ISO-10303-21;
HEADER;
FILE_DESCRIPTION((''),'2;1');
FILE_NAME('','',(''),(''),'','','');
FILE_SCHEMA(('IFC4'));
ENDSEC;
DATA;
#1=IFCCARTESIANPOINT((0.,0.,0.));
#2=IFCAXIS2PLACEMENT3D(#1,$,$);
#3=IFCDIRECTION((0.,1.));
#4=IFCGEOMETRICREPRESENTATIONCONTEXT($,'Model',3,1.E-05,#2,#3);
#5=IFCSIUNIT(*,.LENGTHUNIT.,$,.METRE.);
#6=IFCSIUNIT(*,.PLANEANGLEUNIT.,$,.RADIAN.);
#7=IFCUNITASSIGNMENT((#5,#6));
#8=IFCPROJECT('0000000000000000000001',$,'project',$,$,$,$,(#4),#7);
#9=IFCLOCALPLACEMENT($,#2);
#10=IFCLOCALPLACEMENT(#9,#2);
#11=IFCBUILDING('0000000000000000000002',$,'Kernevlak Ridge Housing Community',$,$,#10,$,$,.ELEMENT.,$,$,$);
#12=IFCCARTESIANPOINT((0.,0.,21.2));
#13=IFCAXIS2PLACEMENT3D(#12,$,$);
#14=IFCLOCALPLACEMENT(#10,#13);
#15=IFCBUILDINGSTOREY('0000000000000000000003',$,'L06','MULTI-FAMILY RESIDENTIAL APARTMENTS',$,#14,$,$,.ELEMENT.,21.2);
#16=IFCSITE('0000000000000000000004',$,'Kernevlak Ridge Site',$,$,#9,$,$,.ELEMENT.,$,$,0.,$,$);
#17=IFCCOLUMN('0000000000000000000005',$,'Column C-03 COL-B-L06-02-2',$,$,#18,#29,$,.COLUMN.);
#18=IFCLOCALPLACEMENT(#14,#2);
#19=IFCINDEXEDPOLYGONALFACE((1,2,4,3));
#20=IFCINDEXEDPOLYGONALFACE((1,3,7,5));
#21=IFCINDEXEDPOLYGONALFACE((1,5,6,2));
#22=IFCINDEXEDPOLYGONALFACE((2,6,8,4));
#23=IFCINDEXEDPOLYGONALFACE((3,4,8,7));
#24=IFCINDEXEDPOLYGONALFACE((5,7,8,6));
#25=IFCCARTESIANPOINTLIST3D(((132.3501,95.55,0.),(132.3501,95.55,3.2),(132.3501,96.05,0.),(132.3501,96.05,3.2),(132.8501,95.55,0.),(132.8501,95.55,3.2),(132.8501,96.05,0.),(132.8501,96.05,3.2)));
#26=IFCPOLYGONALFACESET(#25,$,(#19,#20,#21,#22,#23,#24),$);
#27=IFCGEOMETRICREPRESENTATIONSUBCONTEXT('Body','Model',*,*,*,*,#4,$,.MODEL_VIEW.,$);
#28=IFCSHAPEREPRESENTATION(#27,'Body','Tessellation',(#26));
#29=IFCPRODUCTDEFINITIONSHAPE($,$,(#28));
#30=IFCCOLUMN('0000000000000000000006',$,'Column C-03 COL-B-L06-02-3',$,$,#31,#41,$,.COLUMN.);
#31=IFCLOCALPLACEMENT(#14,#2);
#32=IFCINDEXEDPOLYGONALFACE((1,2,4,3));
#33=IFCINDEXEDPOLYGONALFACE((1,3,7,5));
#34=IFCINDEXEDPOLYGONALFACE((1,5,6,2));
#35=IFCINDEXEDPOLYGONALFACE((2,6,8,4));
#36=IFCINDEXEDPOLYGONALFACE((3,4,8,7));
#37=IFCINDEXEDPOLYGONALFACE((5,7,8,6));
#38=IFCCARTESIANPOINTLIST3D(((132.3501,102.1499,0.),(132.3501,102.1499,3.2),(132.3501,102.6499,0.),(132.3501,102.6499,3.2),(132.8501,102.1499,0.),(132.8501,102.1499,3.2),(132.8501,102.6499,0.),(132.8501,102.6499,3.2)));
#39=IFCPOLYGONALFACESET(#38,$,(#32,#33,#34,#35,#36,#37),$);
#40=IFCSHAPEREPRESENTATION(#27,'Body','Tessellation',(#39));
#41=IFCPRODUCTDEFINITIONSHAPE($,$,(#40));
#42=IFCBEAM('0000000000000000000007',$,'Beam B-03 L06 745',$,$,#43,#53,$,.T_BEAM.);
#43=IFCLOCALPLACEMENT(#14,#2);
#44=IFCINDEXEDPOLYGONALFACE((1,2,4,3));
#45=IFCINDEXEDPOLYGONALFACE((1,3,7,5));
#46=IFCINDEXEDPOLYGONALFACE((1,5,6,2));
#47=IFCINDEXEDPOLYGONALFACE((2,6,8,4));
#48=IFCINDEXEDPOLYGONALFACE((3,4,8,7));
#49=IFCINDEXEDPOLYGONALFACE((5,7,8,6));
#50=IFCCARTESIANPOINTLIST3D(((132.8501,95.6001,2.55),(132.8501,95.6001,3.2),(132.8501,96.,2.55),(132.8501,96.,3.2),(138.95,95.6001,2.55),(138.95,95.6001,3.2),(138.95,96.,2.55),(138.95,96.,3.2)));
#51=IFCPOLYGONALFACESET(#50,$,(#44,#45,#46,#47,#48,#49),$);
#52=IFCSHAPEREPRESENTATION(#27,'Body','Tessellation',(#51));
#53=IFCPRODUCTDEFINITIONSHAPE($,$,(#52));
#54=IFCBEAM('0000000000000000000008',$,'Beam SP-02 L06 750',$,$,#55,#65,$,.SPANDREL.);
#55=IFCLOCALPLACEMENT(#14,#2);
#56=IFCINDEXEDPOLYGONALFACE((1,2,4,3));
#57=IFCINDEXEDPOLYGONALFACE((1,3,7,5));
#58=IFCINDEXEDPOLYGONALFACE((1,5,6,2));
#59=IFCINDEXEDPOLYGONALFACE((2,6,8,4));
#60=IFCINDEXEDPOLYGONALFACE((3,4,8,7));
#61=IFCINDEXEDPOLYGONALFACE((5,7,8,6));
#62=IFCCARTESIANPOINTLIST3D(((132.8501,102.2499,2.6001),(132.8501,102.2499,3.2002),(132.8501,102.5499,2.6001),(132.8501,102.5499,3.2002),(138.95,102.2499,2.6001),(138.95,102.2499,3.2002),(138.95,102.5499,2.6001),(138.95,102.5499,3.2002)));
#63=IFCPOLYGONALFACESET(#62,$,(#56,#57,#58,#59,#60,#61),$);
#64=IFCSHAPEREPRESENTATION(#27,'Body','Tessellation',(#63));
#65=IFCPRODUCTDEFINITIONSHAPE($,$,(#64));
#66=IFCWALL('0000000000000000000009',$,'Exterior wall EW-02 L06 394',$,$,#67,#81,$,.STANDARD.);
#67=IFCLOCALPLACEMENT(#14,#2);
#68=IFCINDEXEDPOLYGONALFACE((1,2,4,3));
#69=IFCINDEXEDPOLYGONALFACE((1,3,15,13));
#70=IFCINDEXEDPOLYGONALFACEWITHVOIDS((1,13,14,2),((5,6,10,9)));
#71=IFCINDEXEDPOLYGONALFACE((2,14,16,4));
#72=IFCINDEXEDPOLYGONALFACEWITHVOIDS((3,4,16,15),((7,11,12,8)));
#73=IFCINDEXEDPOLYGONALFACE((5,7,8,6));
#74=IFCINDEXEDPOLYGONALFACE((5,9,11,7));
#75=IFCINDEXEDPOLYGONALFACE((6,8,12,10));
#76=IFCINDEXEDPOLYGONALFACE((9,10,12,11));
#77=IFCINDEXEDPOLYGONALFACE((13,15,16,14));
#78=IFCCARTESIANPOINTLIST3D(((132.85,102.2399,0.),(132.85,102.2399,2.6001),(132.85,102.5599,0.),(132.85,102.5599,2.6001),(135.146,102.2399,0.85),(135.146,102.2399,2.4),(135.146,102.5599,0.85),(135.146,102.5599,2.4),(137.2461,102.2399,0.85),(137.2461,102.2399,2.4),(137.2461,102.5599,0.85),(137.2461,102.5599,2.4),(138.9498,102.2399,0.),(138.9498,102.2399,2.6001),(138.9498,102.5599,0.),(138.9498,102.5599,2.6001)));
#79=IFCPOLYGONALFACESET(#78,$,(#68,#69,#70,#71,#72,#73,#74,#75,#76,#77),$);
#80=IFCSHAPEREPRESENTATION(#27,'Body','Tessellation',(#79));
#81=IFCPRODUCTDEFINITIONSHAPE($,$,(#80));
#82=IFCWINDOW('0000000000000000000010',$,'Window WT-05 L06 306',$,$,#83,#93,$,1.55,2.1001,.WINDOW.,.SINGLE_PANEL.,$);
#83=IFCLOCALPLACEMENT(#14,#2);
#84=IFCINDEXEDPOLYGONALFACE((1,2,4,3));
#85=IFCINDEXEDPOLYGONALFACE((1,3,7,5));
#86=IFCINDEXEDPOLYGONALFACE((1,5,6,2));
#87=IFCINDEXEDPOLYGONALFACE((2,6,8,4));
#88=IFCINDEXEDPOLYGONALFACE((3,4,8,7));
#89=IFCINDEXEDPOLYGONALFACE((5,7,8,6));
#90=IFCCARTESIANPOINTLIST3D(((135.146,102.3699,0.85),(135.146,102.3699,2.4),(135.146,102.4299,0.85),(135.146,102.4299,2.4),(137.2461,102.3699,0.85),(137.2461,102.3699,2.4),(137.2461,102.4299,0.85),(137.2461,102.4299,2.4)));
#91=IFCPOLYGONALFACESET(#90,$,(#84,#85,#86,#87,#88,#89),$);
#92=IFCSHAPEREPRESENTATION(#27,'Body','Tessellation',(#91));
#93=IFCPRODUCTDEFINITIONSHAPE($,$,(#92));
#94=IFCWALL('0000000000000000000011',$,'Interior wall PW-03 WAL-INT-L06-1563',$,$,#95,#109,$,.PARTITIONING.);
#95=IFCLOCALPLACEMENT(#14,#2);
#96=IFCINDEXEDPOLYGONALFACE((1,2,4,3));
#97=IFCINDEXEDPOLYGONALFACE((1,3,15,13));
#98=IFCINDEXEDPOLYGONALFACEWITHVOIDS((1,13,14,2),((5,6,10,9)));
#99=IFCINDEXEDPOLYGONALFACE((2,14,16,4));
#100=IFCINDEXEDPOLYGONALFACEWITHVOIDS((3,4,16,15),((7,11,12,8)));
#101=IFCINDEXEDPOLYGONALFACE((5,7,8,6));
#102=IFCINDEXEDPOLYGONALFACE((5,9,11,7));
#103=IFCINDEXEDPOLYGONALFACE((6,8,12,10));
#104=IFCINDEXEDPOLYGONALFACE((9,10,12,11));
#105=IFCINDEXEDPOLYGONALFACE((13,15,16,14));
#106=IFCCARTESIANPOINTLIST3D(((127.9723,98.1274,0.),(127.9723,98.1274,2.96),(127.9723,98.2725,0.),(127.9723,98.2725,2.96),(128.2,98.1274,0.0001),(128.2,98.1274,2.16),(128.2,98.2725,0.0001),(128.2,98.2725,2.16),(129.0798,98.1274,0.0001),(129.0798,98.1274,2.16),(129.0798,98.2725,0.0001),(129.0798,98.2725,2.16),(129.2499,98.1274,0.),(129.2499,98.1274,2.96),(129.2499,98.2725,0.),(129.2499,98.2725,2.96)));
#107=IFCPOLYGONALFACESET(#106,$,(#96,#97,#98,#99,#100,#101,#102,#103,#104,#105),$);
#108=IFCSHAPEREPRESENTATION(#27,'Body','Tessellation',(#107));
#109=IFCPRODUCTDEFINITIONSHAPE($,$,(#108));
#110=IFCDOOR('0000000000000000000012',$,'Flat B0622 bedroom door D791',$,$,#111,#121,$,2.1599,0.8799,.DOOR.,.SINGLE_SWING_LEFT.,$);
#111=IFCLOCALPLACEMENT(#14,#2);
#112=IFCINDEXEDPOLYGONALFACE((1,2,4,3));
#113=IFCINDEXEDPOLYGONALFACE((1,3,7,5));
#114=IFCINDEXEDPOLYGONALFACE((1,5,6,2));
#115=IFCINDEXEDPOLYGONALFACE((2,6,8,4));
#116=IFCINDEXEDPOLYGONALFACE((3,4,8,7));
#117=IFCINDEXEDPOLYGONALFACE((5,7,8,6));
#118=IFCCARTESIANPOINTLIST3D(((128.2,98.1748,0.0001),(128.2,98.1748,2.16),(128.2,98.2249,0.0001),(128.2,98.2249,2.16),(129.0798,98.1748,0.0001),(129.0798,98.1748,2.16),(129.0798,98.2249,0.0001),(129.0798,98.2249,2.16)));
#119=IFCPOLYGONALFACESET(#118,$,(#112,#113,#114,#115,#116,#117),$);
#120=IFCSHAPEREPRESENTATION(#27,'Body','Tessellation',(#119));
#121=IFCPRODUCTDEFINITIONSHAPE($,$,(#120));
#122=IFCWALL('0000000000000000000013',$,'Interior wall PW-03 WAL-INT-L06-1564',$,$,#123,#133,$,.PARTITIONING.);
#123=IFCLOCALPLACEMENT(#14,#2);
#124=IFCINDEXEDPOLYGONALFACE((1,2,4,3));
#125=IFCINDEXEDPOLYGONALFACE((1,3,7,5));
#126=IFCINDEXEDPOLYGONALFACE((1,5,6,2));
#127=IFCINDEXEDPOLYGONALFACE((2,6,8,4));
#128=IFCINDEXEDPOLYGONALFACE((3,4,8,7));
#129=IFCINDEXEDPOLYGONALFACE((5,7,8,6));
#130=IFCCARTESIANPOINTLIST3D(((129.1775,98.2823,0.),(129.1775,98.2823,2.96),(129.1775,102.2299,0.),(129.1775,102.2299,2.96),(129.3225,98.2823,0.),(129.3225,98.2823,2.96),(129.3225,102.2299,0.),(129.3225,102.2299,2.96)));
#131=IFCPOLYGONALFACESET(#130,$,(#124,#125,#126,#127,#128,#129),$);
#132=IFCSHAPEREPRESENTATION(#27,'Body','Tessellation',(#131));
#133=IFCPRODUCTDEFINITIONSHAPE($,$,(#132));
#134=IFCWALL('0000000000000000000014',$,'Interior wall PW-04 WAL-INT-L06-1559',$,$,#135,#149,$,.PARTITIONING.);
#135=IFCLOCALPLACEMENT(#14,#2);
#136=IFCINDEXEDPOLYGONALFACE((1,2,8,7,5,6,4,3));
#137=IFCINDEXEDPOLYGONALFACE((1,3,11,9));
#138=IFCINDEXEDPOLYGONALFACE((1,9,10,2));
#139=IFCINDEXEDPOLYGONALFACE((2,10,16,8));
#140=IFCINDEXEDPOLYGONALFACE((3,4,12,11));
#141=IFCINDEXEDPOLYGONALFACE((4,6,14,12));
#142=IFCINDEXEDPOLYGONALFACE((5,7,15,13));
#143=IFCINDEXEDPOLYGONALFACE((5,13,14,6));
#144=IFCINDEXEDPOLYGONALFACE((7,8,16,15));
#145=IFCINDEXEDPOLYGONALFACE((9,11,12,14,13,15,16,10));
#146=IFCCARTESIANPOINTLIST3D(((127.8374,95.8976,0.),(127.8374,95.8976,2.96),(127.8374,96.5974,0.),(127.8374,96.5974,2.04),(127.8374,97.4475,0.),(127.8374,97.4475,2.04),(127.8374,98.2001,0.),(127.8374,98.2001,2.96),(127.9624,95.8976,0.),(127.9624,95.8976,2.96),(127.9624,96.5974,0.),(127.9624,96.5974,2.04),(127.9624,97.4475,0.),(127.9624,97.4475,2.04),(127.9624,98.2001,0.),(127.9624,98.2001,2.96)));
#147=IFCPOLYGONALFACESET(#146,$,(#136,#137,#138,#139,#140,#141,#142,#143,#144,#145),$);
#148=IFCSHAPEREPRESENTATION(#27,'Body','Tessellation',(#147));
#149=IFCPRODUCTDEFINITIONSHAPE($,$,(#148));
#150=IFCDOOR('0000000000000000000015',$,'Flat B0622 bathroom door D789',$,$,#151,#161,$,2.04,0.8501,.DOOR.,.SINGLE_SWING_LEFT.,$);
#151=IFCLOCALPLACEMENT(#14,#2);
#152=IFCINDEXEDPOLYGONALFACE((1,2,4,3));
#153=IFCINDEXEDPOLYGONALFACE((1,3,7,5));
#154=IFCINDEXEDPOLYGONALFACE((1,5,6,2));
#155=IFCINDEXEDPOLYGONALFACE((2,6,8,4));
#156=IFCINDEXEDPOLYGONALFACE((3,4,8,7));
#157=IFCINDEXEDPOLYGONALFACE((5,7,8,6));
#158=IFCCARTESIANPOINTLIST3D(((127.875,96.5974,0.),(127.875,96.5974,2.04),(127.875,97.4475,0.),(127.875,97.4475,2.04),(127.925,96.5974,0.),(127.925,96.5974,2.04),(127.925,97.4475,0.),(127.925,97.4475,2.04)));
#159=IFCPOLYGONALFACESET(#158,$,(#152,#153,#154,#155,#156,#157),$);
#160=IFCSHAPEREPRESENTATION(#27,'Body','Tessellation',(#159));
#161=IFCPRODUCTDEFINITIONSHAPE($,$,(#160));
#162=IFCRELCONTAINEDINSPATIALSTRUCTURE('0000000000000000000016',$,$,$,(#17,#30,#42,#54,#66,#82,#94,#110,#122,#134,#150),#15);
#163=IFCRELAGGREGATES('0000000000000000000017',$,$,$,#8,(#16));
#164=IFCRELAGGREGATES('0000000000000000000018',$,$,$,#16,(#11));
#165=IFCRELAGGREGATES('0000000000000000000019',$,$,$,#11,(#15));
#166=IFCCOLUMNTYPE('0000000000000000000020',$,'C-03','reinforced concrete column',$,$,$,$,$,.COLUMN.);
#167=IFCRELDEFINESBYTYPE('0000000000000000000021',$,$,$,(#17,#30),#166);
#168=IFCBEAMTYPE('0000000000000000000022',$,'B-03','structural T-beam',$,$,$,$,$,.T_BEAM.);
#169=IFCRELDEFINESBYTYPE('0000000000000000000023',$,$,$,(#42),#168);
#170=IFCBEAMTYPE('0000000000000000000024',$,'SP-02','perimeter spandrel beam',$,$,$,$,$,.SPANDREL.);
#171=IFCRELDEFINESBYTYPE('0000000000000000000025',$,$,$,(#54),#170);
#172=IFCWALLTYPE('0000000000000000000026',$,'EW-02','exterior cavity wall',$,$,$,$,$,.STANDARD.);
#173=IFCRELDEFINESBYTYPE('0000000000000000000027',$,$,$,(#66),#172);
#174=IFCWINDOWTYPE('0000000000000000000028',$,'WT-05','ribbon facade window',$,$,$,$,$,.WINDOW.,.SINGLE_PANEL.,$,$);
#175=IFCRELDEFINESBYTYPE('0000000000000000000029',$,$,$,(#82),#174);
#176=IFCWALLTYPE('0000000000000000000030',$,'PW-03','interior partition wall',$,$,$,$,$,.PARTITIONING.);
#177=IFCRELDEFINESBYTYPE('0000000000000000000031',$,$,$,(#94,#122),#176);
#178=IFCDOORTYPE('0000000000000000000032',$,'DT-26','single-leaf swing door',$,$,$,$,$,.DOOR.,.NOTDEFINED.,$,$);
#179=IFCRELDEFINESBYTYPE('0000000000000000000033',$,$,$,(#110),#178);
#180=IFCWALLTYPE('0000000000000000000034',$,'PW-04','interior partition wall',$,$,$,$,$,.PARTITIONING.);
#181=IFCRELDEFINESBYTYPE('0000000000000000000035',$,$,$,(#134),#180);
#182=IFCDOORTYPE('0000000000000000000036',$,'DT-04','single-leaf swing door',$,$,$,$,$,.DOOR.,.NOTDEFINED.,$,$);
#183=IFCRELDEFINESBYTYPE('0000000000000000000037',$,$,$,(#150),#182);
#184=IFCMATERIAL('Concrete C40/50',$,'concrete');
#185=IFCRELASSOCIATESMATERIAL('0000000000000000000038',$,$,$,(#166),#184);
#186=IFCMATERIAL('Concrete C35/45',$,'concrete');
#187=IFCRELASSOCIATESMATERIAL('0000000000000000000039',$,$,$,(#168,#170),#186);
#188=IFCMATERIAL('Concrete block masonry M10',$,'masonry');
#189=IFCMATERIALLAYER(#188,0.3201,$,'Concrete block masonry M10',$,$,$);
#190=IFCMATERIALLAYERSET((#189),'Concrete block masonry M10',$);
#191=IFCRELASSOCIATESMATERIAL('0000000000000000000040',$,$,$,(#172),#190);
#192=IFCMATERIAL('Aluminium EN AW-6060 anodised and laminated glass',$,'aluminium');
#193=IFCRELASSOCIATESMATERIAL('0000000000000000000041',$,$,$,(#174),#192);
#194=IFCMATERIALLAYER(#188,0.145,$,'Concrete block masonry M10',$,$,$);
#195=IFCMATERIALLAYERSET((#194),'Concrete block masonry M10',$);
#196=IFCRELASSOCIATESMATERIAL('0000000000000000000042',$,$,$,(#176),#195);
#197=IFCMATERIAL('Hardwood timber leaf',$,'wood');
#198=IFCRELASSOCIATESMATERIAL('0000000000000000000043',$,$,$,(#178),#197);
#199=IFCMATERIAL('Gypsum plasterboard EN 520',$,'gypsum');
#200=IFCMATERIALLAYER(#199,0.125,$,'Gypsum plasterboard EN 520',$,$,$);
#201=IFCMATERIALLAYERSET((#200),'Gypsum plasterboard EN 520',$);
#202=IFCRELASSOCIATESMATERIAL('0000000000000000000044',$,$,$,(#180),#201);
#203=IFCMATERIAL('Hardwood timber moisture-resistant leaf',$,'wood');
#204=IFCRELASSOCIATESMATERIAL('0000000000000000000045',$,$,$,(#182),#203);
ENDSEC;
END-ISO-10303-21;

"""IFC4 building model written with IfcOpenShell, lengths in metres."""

from ifc_helpers import new_model, si_unit, direction, frame, frame_2d, origin, origin_2d, place, context, subcontext, project, spatial, rectangle, extrude, material, layer, layer_set, material_profile, profile_set, type_object, element, fill, save


model = new_model("IFC4")

# Units and contexts
model_context = context("Model", 3, precision=1e-05, world=origin(), true_north=direction((0.0, 1.0)))
body_context = subcontext(model_context, "Body", "Model", "MODEL_VIEW")
ifc_project = project(units=[si_unit("LENGTHUNIT", "METRE"), si_unit("PLANEANGLEUNIT", "RADIAN")], contexts=[model_context])

# Site, building, storey
site_placement = place(None, origin())
site = spatial("IfcSite", under=ifc_project, at=site_placement, Name="Kernevlak Ridge Site", CompositionType="ELEMENT", RefElevation=0.0)
building_placement = place(site_placement, origin())
building = spatial("IfcBuilding", under=site, at=building_placement, Name="Kernevlak Ridge Housing Community", CompositionType="ELEMENT")
storey_placement = place(building_placement, frame((0.0, 0.0, 21.2)))
storey = spatial("IfcBuildingStorey", under=building, at=storey_placement, Name="L06", Description="MULTI-FAMILY RESIDENTIAL APARTMENTS", CompositionType="ELEMENT", Elevation=21.2)

# Columns
ifc_material_1 = material(Name="Concrete C40/50", Category="concrete")
ifc_material_profile_1 = material_profile(ifc_material_1, rectangle(XDim=0.5, YDim=0.5, at=origin_2d()), Name="RC 500x500")
ifc_profile_set_1 = profile_set([ifc_material_profile_1], Name="Concrete C40/50")
column_type = type_object("IfcColumnType", Name="C-03", Description="reinforced concrete column", PredefinedType="COLUMN", material=ifc_profile_set_1)
for number, where, z_axis, x_axis, name in (
    (1, (132.6001, 95.8, 0.0), (0.0, 0.0, 1.0), (1.0, 0.0, 0.0), "Column C-03 COL-B-L06-02-2"),
    (2, (132.6001, 102.3999, 0.0), (0.0, 0.0, 1.0), (1.0, 0.0, 0.0), "Column C-03 COL-B-L06-02-3"),
):
    element("IfcColumn", number, at=place(storey_placement, frame(where, z_axis=z_axis, x_axis=x_axis)), inside=storey, type_object=column_type, Name=name, PredefinedType="COLUMN", context=body_context, shape_type="SweptSolid", body=[
        extrude(rectangle(XDim=0.5, YDim=0.5, at=origin_2d()), origin(), (0.0, 0.0, 1.0), 3.2),
    ])

# Beams
ifc_material_2 = material(Name="Concrete C35/45", Category="concrete")
ifc_material_profile_2 = material_profile(ifc_material_2, rectangle(XDim=0.3999, YDim=0.6499, at=origin_2d()), Name="RC 400x650")
ifc_profile_set_2 = profile_set([ifc_material_profile_2], Name="Concrete C35/45")
beam_type_1 = type_object("IfcBeamType", Name="B-03", Description="structural T-beam", PredefinedType="T_BEAM", material=ifc_profile_set_2)
beam_1_placement = place(storey_placement, frame((132.8501, 95.8, 2.875), z_axis=(1.0, 0.0, 0.0), x_axis=(0.0, 1.0, 0.0)))
element("IfcBeam", 3, at=beam_1_placement, inside=storey, type_object=beam_type_1, Name="Beam B-03 L06 745", PredefinedType="T_BEAM", context=body_context, shape_type="SweptSolid", body=[
    extrude(rectangle(XDim=0.3999, YDim=0.6499, at=origin_2d()), origin(), (0.0, 0.0, 1.0), 6.0999),
])
ifc_material_profile_3 = material_profile(ifc_material_2, rectangle(XDim=0.3, YDim=0.6001, at=origin_2d()), Name="RC 300x600")
ifc_profile_set_3 = profile_set([ifc_material_profile_3], Name="Concrete C35/45")
beam_type_2 = type_object("IfcBeamType", Name="SP-02", Description="perimeter spandrel beam", PredefinedType="SPANDREL", material=ifc_profile_set_3)
beam_2_placement = place(storey_placement, frame((132.8501, 102.3999, 2.9001), z_axis=(1.0, 0.0, 0.0), x_axis=(0.0, 1.0, 0.0)))
element("IfcBeam", 4, at=beam_2_placement, inside=storey, type_object=beam_type_2, Name="Beam SP-02 L06 750", PredefinedType="SPANDREL", context=body_context, shape_type="SweptSolid", body=[
    extrude(rectangle(XDim=0.3, YDim=0.6001, at=origin_2d()), origin(), (0.0, 0.0, 1.0), 6.0999),
])

# Wall, opening, window
ifc_material_3 = material(Name="Concrete block masonry M10", Category="masonry")
ifc_layer_1 = layer(ifc_material_3, 0.3201, Name="Concrete block masonry M10")
ifc_layer_set_1 = layer_set([ifc_layer_1], Name="Concrete block masonry M10")
wall_type_1 = type_object("IfcWallType", Name="EW-02", Description="exterior cavity wall", PredefinedType="STANDARD", material=ifc_layer_set_1)
wall_1_placement = place(storey_placement, frame((132.8501, 102.3999, 0.0), z_axis=(0.0, 0.0, 1.0), x_axis=(1.0, 0.0, 0.0)))
wall_1 = element("IfcWall", 5, at=wall_1_placement, inside=storey, type_object=wall_type_1, Name="Exterior wall EW-02 L06 394", PredefinedType="STANDARD", context=body_context, shape_type="SweptSolid", body=[
    extrude(rectangle(XDim=6.0999, YDim=0.3201, at=frame_2d((3.0498, 0.0))), origin(), (0.0, 0.0, 1.0), 2.6001),
])
opening_1_placement = place(wall_1_placement, frame((2.2959, 0.0, 0.8501)))
opening_1 = element("IfcOpeningElement", 6, at=opening_1_placement, cuts=wall_1, PredefinedType="OPENING", context=body_context, shape_type="SweptSolid", body=[
    extrude(rectangle(XDim=2.1001, YDim=1.55, at=frame_2d((1.05, 0.7749))), frame((0.0, 0.1699, 0.0), z_axis=(0.0, -1.0, 0.0), x_axis=(1.0, 0.0, 0.0)), (0.0, 0.0, 1.0), 0.3401),
])
ifc_material_4 = material(Name="Aluminium EN AW-6060 anodised and laminated glass", Category="aluminium")
window_type = type_object("IfcWindowType", Name="WT-05", Description="ribbon facade window", PartitioningType="SINGLE_PANEL", PredefinedType="WINDOW", material=ifc_material_4)
window_placement = place(opening_1_placement, origin())
window = element("IfcWindow", 7, at=window_placement, inside=storey, type_object=window_type, Name="Window WT-05 L06 306", OverallHeight=1.55, OverallWidth=2.1001, PartitioningType="SINGLE_PANEL", PredefinedType="WINDOW", context=body_context, shape_type="SweptSolid", body=[
    extrude(rectangle(XDim=2.1001, YDim=1.55, at=frame_2d((1.05, 0.7749))), frame((0.0, 0.03, 0.0), z_axis=(0.0, -1.0, 0.0), x_axis=(1.0, 0.0, 0.0)), (0.0, 0.0, 1.0), 0.0601),
])
fill(opening_1, window)

# Wall, opening, door
ifc_layer_2 = layer(ifc_material_3, 0.145, Name="Concrete block masonry M10")
ifc_layer_set_2 = layer_set([ifc_layer_2], Name="Concrete block masonry M10")
wall_type_2 = type_object("IfcWallType", Name="PW-03", Description="interior partition wall", PredefinedType="PARTITIONING", material=ifc_layer_set_2)
wall_2_placement = place(storey_placement, frame((127.9724, 98.2, 0.0), z_axis=(0.0, 0.0, 1.0), x_axis=(1.0, 0.0, 0.0)))
wall_2 = element("IfcWall", 8, at=wall_2_placement, inside=storey, type_object=wall_type_2, Name="Interior wall PW-03 WAL-INT-L06-1563", PredefinedType="PARTITIONING", context=body_context, shape_type="SweptSolid", body=[
    extrude(rectangle(XDim=1.2776, YDim=0.145, at=frame_2d((0.6387, 0.0))), origin(), (0.0, 0.0, 1.0), 2.96),
])
opening_2_placement = place(wall_2_placement, frame((0.2275, 0.0, 0.0)))
opening_2 = element("IfcOpeningElement", 9, at=opening_2_placement, cuts=wall_2, PredefinedType="OPENING", context=body_context, shape_type="SweptSolid", body=[
    extrude(rectangle(XDim=0.8799, YDim=2.1599, at=frame_2d((0.4399, 1.0801))), frame((0.0, 0.0825, 0.0), z_axis=(0.0, -1.0, 0.0), x_axis=(1.0, 0.0, 0.0)), (0.0, 0.0, 1.0), 0.165),
])
ifc_material_5 = material(Name="Hardwood timber leaf", Category="wood")
door_type_1 = type_object("IfcDoorType", Name="DT-26", Description="single-leaf swing door", OperationType="NOTDEFINED", PredefinedType="DOOR", material=ifc_material_5)
door_1_placement = place(opening_2_placement, origin())
door_1 = element("IfcDoor", 10, at=door_1_placement, inside=storey, type_object=door_type_1, Name="Flat B0622 bedroom door D791", OperationType="SINGLE_SWING_LEFT", OverallHeight=2.1599, OverallWidth=0.8799, PredefinedType="DOOR", context=body_context, shape_type="SweptSolid", body=[
    extrude(rectangle(XDim=0.8799, YDim=2.1599, at=frame_2d((0.4399, 1.0801))), frame((0.0, 0.0249, 0.0), z_axis=(0.0, -1.0, 0.0), x_axis=(1.0, 0.0, 0.0)), (0.0, 0.0, 1.0), 0.05),
])
fill(opening_2, door_1)

# Wall
wall_3_placement = place(storey_placement, frame((129.25, 98.2825, 0.0), z_axis=(0.0, 0.0, 1.0), x_axis=(0.0, 1.0, 0.0)))
element("IfcWall", 11, at=wall_3_placement, inside=storey, type_object=wall_type_2, Name="Interior wall PW-03 WAL-INT-L06-1564", PredefinedType="PARTITIONING", context=body_context, shape_type="SweptSolid", body=[
    extrude(rectangle(XDim=3.9475, YDim=0.145, at=frame_2d((1.9736, 0.0))), origin(), (0.0, 0.0, 1.0), 2.96),
])

# Wall, opening, door
ifc_material_6 = material(Name="Gypsum plasterboard EN 520", Category="gypsum")
ifc_layer_3 = layer(ifc_material_6, 0.125, Name="Gypsum plasterboard EN 520")
ifc_layer_set_3 = layer_set([ifc_layer_3], Name="Gypsum plasterboard EN 520")
wall_type_3 = type_object("IfcWallType", Name="PW-04", Description="interior partition wall", PredefinedType="PARTITIONING", material=ifc_layer_set_3)
wall_4_placement = place(storey_placement, frame((127.8999, 95.8975, 0.0), z_axis=(0.0, 0.0, 1.0), x_axis=(0.0, 1.0, 0.0)))
wall_4 = element("IfcWall", 12, at=wall_4_placement, inside=storey, type_object=wall_type_3, Name="Interior wall PW-04 WAL-INT-L06-1559", PredefinedType="PARTITIONING", context=body_context, shape_type="SweptSolid", body=[
    extrude(rectangle(XDim=2.3025, YDim=0.125, at=frame_2d((1.1514, 0.0))), origin(), (0.0, 0.0, 1.0), 2.96),
])
opening_3_placement = place(wall_4_placement, frame((0.7, 0.0, 0.0)))
opening_3 = element("IfcOpeningElement", 13, at=opening_3_placement, cuts=wall_4, PredefinedType="OPENING", context=body_context, shape_type="SweptSolid", body=[
    extrude(rectangle(XDim=0.8501, YDim=2.04, at=frame_2d((0.425, 1.02))), frame((0.0, 0.0725, 0.0), z_axis=(0.0, -1.0, 0.0), x_axis=(1.0, 0.0, 0.0)), (0.0, 0.0, 1.0), 0.145),
])
ifc_material_7 = material(Name="Hardwood timber moisture-resistant leaf", Category="wood")
door_type_2 = type_object("IfcDoorType", Name="DT-04", Description="single-leaf swing door", OperationType="NOTDEFINED", PredefinedType="DOOR", material=ifc_material_7)
door_2_placement = place(opening_3_placement, origin())
door_2 = element("IfcDoor", 14, at=door_2_placement, inside=storey, type_object=door_type_2, Name="Flat B0622 bathroom door D789", OperationType="SINGLE_SWING_LEFT", OverallHeight=2.04, OverallWidth=0.8501, PredefinedType="DOOR", context=body_context, shape_type="SweptSolid", body=[
    extrude(rectangle(XDim=0.8501, YDim=2.04, at=frame_2d((0.425, 1.02))), frame((0.0, 0.0249, 0.0), z_axis=(0.0, -1.0, 0.0), x_axis=(1.0, 0.0, 0.0)), (0.0, 0.0, 1.0), 0.05),
])
fill(opening_3, door_2)

save(model, "model.ifc")
